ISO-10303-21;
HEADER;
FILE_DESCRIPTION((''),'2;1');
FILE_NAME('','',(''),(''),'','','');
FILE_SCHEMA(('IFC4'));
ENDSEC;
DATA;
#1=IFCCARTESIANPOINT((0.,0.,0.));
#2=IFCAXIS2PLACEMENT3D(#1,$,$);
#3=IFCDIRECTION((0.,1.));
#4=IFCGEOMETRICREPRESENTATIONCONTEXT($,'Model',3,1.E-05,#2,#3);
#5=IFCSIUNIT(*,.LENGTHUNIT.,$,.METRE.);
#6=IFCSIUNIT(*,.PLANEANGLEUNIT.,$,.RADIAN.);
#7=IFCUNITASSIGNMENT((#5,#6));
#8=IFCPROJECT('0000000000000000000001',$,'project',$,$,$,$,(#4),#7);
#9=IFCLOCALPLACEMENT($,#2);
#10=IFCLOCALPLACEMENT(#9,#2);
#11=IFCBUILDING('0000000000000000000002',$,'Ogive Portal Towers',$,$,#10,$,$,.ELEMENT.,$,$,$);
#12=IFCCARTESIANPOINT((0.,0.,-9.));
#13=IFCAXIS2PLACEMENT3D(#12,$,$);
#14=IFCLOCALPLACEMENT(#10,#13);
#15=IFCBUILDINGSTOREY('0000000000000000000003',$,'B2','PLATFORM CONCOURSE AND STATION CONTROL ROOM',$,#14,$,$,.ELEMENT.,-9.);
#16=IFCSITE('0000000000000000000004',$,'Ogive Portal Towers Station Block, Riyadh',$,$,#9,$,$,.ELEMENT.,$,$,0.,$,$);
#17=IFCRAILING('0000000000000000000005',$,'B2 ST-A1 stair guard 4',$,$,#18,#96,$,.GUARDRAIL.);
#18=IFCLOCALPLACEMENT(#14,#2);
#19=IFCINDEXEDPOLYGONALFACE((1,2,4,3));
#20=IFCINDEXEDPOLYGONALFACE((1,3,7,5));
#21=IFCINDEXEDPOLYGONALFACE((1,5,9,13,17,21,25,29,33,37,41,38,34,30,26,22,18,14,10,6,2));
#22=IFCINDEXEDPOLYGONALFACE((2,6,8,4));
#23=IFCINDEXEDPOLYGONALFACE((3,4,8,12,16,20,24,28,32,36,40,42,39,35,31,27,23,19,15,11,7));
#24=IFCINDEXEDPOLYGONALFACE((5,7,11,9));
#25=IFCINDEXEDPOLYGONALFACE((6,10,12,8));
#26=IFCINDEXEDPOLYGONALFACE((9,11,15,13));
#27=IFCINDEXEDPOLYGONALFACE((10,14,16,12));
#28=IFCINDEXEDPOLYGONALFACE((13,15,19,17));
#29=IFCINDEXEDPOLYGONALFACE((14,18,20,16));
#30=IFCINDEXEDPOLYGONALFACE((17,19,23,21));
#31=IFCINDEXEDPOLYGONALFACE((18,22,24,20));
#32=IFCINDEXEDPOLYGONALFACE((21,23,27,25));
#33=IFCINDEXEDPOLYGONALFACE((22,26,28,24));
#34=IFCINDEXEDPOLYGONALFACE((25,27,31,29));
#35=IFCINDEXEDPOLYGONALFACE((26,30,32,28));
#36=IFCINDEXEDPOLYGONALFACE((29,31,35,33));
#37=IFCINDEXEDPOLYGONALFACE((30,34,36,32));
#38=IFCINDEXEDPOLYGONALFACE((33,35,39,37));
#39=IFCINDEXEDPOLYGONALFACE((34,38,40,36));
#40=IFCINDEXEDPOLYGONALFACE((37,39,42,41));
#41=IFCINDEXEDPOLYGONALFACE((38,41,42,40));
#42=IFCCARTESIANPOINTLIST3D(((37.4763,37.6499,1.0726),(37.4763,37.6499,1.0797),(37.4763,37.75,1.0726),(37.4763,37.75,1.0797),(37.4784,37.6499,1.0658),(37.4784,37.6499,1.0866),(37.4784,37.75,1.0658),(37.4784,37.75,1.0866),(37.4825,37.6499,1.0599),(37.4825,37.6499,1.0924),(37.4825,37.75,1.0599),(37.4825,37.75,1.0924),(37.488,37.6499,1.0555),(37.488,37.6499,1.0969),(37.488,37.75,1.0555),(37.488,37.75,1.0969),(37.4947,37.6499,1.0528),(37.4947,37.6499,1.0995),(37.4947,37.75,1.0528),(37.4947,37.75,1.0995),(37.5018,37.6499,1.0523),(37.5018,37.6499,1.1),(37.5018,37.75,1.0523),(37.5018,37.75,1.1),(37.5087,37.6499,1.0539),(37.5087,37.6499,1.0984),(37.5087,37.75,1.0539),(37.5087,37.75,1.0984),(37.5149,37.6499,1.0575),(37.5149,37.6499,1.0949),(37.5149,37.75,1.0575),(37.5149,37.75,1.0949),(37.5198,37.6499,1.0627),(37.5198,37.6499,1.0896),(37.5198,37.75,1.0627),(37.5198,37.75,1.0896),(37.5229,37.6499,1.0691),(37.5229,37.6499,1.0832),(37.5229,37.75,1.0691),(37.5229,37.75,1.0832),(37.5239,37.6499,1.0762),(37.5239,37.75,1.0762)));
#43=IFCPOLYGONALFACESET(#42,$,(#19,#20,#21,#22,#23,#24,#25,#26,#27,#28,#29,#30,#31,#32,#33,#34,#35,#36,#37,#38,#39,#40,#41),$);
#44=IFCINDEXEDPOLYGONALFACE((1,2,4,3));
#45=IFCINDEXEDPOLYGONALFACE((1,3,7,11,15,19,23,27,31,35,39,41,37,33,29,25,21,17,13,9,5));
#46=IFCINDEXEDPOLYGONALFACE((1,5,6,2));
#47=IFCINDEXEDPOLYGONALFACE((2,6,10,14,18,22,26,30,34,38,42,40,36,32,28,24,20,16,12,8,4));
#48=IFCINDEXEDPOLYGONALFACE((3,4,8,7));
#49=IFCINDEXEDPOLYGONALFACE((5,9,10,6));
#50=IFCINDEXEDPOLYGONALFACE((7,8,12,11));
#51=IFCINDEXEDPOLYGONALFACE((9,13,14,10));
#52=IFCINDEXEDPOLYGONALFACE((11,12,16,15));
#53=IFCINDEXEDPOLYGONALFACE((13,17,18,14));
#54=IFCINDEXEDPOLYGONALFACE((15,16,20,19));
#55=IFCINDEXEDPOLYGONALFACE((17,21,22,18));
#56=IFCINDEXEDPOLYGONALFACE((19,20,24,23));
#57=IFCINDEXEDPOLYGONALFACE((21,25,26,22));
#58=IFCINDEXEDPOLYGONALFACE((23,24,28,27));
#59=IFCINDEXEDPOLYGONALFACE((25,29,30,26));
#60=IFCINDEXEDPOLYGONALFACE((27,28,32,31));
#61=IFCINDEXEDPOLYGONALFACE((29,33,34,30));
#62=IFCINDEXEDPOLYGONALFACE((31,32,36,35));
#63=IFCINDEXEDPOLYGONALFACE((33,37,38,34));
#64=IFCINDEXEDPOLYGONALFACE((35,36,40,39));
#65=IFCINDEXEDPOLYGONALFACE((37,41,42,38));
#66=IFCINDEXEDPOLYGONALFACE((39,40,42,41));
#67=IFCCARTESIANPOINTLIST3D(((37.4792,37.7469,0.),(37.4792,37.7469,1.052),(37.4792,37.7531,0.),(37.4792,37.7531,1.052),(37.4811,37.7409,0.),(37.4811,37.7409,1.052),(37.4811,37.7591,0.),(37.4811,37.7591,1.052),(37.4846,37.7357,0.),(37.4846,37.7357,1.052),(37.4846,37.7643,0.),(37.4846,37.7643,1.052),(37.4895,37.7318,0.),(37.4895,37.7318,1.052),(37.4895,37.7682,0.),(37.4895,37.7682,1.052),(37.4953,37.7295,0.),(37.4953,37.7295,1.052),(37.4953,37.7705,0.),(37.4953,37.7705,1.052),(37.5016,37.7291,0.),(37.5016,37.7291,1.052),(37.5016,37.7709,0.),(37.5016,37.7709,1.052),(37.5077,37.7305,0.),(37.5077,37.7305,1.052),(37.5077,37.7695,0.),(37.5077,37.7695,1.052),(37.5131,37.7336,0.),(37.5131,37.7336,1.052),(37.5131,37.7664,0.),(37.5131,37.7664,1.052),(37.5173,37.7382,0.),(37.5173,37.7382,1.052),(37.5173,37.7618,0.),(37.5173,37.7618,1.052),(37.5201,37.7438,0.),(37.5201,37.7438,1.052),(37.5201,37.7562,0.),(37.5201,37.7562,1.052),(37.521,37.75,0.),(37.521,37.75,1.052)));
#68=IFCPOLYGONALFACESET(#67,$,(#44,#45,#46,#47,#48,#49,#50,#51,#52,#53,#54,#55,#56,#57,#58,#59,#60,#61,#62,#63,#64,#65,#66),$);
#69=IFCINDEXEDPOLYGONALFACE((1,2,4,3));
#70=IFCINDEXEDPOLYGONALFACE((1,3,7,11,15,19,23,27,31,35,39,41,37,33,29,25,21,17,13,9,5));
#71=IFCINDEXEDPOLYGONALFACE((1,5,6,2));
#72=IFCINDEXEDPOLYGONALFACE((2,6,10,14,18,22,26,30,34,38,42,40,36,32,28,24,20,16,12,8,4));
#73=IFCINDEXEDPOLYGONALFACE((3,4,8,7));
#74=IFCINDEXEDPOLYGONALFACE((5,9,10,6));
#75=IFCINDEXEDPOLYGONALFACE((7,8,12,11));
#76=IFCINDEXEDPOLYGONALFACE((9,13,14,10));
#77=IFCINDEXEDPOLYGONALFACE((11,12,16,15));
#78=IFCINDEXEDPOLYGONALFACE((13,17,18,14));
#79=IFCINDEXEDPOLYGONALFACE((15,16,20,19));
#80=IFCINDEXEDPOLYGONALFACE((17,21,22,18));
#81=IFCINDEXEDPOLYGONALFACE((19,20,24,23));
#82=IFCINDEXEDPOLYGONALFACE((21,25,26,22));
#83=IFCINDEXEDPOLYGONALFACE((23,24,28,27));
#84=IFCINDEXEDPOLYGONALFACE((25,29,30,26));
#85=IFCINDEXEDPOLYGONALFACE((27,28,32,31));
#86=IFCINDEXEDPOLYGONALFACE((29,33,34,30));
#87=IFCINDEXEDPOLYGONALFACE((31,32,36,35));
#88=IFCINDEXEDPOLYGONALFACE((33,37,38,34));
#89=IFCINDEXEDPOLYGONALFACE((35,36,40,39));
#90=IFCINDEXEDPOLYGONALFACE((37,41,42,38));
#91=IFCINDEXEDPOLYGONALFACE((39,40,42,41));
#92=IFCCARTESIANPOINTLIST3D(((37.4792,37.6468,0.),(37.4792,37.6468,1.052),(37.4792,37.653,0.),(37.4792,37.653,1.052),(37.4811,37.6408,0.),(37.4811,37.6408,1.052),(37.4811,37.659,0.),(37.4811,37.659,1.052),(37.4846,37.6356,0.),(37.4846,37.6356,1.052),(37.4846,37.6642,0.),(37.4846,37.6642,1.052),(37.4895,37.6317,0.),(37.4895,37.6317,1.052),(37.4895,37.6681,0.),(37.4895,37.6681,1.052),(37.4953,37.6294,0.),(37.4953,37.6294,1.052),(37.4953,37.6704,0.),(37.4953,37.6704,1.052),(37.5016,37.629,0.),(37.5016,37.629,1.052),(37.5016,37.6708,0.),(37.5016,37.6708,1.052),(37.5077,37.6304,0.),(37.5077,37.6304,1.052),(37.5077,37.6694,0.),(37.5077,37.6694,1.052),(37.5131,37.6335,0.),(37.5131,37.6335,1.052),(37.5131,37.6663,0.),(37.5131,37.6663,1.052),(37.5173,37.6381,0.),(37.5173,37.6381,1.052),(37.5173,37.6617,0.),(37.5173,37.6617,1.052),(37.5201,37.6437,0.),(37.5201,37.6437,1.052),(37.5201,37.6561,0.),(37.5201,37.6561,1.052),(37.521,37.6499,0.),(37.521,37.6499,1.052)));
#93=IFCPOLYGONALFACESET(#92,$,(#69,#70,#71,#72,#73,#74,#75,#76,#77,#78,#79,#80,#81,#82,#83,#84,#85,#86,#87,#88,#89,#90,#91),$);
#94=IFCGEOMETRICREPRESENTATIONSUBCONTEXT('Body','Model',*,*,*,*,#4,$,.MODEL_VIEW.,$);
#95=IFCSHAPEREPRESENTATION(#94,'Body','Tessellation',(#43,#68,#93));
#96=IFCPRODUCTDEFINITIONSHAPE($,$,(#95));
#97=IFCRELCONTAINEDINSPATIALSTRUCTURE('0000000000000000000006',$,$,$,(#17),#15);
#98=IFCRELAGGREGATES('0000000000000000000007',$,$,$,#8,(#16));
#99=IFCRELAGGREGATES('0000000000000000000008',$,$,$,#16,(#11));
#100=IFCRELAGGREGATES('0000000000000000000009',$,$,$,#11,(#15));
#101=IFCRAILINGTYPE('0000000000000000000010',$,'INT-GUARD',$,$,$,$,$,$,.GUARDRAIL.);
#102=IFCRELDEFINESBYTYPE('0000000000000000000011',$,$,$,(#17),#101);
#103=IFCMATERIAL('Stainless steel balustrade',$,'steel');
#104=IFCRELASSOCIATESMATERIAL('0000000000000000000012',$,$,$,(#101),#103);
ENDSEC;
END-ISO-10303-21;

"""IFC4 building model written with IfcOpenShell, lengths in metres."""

from ifc_helpers import new_model, si_unit, direction, frame, origin, origin_2d, place, context, subcontext, project, spatial, circle, extrude, material, type_object, element, save


model = new_model("IFC4")

# Units and contexts
model_context = context("Model", 3, precision=1e-05, world=origin(), true_north=direction((0.0, 1.0)))
body_context = subcontext(model_context, "Body", "Model", "MODEL_VIEW")
ifc_project = project(units=[si_unit("LENGTHUNIT", "METRE"), si_unit("PLANEANGLEUNIT", "RADIAN")], contexts=[model_context])

# Site, building, storey
site_placement = place(None, origin())
site = spatial("IfcSite", under=ifc_project, at=site_placement, Name="Ogive Portal Towers Station Block, Riyadh", CompositionType="ELEMENT", RefElevation=0.0)
building_placement = place(site_placement, origin())
building = spatial("IfcBuilding", under=site, at=building_placement, Name="Ogive Portal Towers", CompositionType="ELEMENT")
storey_placement = place(building_placement, frame((0.0, 0.0, -9.0)))
storey = spatial("IfcBuildingStorey", under=building, at=storey_placement, Name="B2", Description="PLATFORM CONCOURSE AND STATION CONTROL ROOM", CompositionType="ELEMENT", Elevation=-9.0)

# Railing
ifc_material_1 = material(Name="Stainless steel balustrade", Category="steel")
railing_type_1 = type_object("IfcRailingType", Name="INT-GUARD", PredefinedType="GUARDRAIL", material=ifc_material_1)
railing_1_placement = place(storey_placement, frame((37.5, 37.75, 0.0)))
element("IfcRailing", 1, at=railing_1_placement, inside=storey, type_object=railing_type_1, Name="B2 ST-A1 stair guard 4", PredefinedType="GUARDRAIL", context=body_context, shape_type="SweptSolid", body=[
    extrude(circle(Radius=0.0239, at=origin_2d()), frame((0.0, 0.0, 1.0762), z_axis=(0.0, -1.0, 0.0), x_axis=(1.0, 0.0, 0.0)), (0.0, 0.0, 1.0), 0.1001),
    extrude(circle(Radius=0.021, at=origin_2d()), origin(), (0.0, 0.0, 1.0), 1.052),
    extrude(circle(Radius=0.021, at=origin_2d()), frame((0.0, -0.1001, 0.0)), (0.0, 0.0, 1.0), 1.052),
])

save(model, "model.ifc")
